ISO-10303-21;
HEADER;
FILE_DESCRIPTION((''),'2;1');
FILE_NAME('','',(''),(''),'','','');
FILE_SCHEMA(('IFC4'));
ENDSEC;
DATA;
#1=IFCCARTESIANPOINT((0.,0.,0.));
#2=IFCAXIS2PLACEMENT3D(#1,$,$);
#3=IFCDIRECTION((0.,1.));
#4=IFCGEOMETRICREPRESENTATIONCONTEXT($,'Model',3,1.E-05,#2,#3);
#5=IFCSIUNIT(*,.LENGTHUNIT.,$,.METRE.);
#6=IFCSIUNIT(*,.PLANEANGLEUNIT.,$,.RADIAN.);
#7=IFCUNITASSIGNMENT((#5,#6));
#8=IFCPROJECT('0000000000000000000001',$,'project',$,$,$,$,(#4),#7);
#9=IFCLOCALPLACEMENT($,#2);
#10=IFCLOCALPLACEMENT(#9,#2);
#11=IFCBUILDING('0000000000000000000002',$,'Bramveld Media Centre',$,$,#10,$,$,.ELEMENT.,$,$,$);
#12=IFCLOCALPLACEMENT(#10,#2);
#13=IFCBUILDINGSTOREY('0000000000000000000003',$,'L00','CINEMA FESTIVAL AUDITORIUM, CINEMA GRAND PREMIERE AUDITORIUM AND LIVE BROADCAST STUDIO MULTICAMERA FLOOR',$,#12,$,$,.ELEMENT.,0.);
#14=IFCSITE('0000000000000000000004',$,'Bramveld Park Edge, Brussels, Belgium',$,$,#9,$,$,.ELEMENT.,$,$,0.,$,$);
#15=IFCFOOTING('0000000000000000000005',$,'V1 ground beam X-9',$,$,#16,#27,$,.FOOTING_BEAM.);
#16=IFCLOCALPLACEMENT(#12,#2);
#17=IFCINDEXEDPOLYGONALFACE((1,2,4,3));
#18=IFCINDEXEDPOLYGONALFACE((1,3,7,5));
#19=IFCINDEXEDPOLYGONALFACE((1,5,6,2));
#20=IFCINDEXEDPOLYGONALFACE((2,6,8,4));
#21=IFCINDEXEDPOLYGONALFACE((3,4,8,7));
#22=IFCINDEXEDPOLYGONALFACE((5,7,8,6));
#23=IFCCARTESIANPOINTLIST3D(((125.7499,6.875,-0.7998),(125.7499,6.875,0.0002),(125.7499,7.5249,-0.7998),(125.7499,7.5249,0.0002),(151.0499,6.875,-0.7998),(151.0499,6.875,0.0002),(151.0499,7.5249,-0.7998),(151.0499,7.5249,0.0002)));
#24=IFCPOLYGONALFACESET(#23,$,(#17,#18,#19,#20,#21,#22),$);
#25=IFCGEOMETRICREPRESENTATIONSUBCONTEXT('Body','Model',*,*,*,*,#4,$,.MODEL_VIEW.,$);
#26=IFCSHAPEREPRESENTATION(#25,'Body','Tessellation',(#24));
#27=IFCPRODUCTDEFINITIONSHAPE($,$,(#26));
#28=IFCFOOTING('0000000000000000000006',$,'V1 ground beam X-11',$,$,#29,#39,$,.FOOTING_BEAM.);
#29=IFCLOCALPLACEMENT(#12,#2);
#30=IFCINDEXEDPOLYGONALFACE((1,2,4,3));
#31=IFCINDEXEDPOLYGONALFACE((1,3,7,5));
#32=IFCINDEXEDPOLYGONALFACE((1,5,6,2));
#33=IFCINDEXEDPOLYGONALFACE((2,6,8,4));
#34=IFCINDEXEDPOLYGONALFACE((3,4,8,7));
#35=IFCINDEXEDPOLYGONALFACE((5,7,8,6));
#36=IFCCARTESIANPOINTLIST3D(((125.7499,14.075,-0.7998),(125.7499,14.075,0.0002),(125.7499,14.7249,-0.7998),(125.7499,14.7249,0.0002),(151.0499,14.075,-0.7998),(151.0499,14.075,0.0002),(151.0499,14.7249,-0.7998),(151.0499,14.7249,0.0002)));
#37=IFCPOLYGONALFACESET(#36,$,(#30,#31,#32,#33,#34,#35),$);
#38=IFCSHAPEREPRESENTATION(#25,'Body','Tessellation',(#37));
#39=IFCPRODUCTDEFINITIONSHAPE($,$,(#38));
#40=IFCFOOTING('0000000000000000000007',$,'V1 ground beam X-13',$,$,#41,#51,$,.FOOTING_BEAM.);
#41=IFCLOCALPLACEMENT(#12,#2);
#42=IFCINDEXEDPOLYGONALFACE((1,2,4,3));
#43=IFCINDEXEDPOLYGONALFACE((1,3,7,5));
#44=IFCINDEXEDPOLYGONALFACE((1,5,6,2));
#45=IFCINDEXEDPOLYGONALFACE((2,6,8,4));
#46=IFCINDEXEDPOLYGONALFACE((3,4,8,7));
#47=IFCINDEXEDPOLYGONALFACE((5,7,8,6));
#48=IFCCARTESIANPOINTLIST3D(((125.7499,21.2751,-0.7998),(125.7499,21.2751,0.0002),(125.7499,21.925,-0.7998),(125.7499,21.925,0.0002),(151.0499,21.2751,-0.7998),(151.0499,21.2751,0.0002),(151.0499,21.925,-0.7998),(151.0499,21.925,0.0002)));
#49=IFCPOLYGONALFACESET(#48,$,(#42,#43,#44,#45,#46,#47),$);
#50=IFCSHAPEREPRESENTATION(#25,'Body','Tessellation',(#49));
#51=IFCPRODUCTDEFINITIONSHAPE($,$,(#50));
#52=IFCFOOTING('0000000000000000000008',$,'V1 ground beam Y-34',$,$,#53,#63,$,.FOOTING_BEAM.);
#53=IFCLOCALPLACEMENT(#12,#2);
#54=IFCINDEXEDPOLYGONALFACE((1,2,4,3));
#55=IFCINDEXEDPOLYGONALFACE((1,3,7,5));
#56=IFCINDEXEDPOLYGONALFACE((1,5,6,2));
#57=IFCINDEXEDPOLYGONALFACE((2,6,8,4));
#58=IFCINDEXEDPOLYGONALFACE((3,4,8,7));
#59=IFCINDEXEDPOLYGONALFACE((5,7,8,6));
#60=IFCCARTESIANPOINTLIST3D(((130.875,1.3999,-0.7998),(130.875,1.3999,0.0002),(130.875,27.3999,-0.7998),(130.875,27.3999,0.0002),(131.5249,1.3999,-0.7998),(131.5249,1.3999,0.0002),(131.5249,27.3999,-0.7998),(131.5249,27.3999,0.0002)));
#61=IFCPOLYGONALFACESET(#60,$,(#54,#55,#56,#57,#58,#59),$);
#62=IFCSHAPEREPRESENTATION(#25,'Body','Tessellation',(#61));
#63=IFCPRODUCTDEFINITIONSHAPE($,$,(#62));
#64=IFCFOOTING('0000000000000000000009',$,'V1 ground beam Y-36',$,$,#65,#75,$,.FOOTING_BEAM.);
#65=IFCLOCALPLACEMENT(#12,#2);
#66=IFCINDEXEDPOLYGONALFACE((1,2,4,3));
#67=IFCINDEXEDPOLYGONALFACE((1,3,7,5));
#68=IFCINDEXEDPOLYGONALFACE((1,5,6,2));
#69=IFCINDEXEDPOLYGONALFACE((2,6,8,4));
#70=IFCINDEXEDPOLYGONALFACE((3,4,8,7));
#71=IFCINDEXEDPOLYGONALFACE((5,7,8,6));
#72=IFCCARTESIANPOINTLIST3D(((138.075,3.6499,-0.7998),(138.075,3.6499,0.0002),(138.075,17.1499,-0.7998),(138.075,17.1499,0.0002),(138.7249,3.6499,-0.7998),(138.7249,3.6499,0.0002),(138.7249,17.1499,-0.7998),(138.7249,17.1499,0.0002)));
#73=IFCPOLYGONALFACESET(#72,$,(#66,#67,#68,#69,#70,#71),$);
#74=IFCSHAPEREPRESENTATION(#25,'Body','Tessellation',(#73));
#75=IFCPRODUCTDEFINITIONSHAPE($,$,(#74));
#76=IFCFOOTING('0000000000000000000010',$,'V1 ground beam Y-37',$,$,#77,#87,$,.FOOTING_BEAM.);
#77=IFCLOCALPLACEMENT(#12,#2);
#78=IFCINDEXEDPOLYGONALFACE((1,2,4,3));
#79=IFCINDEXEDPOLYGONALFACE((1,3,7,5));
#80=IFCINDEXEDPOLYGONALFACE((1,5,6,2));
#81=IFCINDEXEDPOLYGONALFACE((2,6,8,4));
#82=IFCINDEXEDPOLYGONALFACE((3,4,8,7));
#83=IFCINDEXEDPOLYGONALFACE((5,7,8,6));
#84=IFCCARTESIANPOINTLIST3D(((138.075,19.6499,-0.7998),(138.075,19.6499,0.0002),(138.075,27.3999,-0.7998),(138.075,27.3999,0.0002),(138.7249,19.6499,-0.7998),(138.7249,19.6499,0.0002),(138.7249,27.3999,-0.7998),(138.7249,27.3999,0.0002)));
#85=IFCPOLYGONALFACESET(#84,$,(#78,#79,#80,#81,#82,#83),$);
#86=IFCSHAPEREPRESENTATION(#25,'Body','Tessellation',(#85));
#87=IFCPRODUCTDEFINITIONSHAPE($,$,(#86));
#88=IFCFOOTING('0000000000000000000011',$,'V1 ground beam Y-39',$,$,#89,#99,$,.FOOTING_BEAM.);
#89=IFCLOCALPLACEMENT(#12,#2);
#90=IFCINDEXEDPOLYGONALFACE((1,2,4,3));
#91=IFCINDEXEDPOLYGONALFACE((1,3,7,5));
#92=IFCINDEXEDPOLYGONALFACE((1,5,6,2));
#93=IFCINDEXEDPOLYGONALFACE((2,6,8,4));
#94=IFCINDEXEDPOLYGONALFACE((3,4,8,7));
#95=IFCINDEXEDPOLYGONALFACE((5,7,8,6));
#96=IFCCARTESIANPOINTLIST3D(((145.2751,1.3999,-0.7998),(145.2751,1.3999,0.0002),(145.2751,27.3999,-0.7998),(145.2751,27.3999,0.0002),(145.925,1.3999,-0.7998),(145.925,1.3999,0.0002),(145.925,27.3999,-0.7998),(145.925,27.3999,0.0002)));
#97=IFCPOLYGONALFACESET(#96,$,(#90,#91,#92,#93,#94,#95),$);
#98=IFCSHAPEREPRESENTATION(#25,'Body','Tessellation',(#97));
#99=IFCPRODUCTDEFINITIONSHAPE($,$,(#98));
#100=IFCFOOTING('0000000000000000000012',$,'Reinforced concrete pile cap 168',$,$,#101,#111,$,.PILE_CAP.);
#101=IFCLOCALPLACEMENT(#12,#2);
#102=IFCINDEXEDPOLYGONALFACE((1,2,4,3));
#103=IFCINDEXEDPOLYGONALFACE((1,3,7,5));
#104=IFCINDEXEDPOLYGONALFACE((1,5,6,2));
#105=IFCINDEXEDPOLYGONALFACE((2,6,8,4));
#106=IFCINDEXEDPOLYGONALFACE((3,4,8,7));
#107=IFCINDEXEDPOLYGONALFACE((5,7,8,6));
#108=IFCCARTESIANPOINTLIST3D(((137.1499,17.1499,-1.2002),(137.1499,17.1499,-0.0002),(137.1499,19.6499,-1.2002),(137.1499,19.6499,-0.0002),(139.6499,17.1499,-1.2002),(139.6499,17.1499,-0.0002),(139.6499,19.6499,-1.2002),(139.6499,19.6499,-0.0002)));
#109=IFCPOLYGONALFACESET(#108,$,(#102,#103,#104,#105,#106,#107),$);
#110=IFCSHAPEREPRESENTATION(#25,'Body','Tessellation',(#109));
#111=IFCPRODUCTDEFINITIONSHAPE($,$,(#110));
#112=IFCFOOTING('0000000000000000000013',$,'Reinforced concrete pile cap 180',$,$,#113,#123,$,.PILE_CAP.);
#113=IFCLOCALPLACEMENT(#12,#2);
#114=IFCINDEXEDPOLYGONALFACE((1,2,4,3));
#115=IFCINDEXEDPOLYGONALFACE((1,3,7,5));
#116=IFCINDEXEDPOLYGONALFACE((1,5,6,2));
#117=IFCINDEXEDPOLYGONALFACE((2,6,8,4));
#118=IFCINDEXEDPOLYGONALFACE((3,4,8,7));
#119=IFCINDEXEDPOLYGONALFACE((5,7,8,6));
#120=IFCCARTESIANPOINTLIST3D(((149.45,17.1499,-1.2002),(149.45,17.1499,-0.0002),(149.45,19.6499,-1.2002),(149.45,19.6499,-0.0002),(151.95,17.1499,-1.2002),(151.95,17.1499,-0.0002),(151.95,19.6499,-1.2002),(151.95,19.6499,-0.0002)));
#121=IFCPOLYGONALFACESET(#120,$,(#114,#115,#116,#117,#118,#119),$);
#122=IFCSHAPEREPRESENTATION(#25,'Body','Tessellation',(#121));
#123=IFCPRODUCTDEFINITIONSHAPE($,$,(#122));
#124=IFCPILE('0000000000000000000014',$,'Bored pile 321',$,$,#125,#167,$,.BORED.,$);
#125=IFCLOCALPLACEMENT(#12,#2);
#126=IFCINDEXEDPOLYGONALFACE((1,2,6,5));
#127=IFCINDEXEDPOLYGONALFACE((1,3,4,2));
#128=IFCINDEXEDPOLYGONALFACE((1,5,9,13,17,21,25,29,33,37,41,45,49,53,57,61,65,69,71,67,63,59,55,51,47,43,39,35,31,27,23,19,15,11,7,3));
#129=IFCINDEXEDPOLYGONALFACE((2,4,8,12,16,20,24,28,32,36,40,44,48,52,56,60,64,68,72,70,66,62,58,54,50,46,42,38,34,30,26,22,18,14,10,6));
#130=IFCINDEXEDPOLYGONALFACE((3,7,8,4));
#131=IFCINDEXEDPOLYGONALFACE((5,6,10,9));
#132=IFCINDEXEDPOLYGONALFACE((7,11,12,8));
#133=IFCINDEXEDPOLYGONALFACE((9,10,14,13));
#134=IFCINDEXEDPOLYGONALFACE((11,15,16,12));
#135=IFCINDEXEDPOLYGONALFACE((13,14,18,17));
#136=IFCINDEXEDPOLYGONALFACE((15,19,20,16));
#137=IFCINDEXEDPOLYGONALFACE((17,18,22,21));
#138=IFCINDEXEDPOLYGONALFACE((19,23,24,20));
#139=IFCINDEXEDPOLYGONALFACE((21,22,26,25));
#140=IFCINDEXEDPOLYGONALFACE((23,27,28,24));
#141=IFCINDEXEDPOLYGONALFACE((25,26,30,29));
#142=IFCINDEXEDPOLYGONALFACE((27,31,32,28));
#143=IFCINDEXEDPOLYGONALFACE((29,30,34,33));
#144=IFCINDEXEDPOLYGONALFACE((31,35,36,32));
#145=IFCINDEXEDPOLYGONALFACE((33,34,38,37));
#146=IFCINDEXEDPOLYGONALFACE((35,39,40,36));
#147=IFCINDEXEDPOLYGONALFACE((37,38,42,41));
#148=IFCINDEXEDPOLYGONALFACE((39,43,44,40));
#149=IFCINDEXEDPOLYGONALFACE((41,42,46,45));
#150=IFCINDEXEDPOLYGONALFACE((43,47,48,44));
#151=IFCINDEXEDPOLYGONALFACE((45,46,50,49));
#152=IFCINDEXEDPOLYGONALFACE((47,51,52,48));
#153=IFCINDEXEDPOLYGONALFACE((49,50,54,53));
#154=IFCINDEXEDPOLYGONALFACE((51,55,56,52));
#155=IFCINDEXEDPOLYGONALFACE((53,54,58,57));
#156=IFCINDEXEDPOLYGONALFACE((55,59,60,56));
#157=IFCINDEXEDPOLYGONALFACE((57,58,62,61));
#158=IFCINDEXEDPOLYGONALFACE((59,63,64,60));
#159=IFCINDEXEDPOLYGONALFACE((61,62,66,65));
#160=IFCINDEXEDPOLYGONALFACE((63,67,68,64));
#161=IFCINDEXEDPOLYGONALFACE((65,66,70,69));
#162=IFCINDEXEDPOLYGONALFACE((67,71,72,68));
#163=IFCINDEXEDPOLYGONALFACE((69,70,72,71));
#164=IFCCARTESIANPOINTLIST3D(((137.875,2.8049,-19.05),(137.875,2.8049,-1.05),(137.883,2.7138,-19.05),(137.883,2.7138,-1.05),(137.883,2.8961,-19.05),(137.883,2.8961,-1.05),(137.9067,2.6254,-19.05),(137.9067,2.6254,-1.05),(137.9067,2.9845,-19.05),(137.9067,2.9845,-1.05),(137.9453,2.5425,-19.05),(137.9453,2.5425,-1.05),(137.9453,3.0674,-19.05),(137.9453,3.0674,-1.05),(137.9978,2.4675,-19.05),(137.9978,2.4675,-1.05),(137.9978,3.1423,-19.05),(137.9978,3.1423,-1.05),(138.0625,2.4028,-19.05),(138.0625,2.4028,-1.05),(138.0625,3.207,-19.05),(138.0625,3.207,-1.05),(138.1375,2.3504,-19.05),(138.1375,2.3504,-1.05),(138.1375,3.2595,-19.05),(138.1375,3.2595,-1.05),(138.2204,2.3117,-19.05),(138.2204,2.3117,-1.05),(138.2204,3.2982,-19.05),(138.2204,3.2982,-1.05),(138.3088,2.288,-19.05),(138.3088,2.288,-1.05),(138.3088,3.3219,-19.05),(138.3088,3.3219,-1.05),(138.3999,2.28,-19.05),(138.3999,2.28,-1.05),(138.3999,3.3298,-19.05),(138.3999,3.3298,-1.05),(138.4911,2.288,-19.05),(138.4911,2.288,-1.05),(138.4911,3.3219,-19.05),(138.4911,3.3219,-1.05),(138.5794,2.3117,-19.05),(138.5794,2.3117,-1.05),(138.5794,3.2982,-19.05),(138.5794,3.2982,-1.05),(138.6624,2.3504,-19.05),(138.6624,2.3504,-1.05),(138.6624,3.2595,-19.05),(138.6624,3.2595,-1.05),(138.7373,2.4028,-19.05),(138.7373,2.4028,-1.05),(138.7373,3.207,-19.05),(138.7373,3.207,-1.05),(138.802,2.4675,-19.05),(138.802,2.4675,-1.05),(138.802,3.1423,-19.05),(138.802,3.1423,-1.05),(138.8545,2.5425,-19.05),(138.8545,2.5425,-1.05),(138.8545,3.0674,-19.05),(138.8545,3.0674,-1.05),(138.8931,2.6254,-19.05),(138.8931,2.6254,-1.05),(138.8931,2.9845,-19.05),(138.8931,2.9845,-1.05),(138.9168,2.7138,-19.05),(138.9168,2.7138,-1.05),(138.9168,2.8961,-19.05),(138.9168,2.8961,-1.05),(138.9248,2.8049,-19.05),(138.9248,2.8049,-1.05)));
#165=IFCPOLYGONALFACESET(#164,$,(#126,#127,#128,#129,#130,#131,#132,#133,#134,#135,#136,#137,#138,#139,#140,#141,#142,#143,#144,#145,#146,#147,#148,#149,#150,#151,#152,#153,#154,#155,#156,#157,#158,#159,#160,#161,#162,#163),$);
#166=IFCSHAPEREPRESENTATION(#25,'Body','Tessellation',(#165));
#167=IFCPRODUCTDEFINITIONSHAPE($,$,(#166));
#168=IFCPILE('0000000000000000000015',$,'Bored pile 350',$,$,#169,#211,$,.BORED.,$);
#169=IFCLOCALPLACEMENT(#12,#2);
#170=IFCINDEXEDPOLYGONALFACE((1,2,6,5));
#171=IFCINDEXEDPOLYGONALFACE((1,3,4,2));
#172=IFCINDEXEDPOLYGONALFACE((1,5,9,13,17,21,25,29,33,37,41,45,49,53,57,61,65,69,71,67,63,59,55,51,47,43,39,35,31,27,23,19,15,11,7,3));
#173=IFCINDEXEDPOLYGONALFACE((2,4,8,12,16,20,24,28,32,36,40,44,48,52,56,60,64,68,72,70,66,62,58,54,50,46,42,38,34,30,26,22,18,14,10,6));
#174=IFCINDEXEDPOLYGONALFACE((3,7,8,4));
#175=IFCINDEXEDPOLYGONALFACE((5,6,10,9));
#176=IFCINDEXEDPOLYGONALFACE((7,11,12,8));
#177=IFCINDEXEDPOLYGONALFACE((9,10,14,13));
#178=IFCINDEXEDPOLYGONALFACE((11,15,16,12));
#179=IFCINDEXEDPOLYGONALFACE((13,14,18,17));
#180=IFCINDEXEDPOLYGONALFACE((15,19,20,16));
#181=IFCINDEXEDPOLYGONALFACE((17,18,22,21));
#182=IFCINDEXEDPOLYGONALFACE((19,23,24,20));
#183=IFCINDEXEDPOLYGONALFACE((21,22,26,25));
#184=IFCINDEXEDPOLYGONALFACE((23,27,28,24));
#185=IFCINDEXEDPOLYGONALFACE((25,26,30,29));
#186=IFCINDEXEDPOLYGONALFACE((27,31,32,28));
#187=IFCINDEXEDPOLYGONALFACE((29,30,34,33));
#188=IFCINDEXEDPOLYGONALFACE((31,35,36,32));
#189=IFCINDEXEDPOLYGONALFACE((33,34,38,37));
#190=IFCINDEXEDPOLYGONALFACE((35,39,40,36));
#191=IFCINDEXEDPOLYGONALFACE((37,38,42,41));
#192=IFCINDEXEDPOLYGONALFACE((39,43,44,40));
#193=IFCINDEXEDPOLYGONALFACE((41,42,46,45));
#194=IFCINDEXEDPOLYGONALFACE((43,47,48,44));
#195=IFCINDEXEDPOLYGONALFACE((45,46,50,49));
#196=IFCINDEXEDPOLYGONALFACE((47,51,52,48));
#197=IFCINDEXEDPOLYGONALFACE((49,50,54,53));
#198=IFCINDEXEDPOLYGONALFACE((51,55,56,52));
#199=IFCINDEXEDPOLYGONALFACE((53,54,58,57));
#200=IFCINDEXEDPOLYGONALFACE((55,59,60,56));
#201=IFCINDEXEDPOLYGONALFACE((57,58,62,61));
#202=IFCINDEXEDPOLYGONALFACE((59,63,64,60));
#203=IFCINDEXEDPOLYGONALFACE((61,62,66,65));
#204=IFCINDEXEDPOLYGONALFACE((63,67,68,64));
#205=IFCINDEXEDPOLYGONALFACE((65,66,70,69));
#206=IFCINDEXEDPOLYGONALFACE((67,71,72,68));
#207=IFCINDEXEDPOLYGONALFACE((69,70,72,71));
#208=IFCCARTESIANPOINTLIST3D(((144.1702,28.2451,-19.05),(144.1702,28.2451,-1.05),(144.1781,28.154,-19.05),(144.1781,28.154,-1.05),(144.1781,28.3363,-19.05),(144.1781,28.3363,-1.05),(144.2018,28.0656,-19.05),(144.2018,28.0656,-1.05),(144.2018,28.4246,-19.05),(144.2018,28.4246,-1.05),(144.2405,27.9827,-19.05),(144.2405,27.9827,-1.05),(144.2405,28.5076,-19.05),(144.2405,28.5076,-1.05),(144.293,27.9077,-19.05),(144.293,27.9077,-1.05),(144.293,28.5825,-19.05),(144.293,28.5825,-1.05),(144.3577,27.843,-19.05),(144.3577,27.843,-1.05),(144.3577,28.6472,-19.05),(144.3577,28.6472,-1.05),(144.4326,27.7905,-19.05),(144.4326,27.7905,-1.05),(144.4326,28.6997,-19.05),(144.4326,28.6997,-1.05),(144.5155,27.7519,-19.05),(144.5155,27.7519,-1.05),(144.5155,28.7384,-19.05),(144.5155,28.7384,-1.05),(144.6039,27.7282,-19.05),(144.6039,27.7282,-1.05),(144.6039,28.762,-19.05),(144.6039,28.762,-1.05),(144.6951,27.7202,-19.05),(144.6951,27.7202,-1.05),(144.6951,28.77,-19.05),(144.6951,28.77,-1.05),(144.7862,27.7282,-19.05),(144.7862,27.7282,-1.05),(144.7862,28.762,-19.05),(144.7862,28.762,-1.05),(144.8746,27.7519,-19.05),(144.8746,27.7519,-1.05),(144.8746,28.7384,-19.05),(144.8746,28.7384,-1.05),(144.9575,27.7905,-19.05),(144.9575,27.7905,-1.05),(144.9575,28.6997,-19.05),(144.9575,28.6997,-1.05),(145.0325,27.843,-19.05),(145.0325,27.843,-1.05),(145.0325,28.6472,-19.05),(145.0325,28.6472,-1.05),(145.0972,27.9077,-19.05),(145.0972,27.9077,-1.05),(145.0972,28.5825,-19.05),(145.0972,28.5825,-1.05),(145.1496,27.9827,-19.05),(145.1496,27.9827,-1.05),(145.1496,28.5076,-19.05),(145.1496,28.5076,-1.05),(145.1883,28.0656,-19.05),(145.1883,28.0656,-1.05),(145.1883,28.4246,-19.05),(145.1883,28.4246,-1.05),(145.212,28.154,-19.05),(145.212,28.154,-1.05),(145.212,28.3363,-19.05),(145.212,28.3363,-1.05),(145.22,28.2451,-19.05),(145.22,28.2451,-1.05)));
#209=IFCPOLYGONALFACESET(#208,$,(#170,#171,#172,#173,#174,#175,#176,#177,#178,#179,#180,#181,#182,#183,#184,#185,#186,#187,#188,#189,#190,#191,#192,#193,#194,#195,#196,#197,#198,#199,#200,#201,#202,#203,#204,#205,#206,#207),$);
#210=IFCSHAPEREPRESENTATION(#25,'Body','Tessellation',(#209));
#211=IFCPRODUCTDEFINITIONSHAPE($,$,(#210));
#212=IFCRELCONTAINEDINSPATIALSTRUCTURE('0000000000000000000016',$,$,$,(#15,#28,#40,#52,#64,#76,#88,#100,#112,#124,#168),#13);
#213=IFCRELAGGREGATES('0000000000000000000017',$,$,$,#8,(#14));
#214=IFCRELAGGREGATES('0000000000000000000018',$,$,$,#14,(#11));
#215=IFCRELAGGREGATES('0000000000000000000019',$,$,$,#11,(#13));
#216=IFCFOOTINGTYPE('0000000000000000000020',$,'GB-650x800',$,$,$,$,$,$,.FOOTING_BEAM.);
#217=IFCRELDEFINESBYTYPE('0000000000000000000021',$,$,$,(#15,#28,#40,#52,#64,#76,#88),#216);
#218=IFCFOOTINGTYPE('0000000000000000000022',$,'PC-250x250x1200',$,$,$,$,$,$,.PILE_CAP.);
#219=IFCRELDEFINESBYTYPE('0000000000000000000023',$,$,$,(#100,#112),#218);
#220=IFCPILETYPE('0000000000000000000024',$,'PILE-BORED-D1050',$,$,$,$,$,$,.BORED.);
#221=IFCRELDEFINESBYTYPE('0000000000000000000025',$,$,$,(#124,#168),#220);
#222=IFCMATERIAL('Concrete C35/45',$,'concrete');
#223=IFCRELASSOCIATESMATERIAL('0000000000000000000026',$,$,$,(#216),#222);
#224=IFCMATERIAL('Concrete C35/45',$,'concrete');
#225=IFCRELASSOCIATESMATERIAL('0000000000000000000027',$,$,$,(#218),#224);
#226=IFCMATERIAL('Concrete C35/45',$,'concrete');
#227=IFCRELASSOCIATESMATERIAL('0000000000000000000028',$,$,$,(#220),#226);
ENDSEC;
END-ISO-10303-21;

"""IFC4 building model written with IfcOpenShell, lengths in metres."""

from ifc_helpers import new_model, si_unit, direction, frame, origin, origin_2d, place, context, subcontext, project, spatial, rectangle, circle, extrude, material, material_profile, profile_set, type_object, element, save


model = new_model("IFC4")

# Units and contexts
model_context = context("Model", 3, precision=1e-05, world=origin(), true_north=direction((0.0, 1.0)))
body_context = subcontext(model_context, "Body", "Model", "MODEL_VIEW")
ifc_project = project(units=[si_unit("LENGTHUNIT", "METRE"), si_unit("PLANEANGLEUNIT", "RADIAN")], contexts=[model_context])

# Site, building, storey
site_placement = place(None, origin())
site = spatial("IfcSite", under=ifc_project, at=site_placement, Name="Bramveld Park Edge, Brussels, Belgium", CompositionType="ELEMENT", RefElevation=0.0)
building_placement = place(site_placement, origin())
building = spatial("IfcBuilding", under=site, at=building_placement, Name="Bramveld Media Centre", CompositionType="ELEMENT")
storey_placement = place(building_placement, origin())
storey = spatial("IfcBuildingStorey", under=building, at=storey_placement, Name="L00", Description="CINEMA FESTIVAL AUDITORIUM, CINEMA GRAND PREMIERE AUDITORIUM AND LIVE BROADCAST STUDIO MULTICAMERA FLOOR", CompositionType="ELEMENT", Elevation=0.0)

# Footings
ifc_material_1 = material(Name="Concrete C35/45", Category="concrete")
footing_type_1 = type_object("IfcFootingType", Name="GB-650x800", PredefinedType="FOOTING_BEAM", material=ifc_material_1)
for number, where, z_axis, x_axis, name in (
    (1, (138.3999, 7.2, -0.7998), (0.0, 0.0, 1.0), (1.0, 0.0, 0.0), "V1 ground beam X-9"),
    (2, (138.3999, 14.3999, -0.7998), (0.0, 0.0, 1.0), (1.0, 0.0, 0.0), "V1 ground beam X-11"),
    (3, (138.3999, 21.6001, -0.7998), (0.0, 0.0, 1.0), (1.0, 0.0, 0.0), "V1 ground beam X-13"),
):
    element("IfcFooting", number, at=place(storey_placement, frame(where, z_axis=z_axis, x_axis=x_axis)), inside=storey, type_object=footing_type_1, Name=name, PredefinedType="FOOTING_BEAM", context=body_context, shape_type="SweptSolid", body=[
        extrude(rectangle(XDim=25.3, YDim=0.6499, at=origin_2d()), origin(), (0.0, 0.0, 1.0), 0.8),
    ])
footing_1_placement = place(storey_placement, frame((131.2, 14.3999, -0.7998), z_axis=(0.0, 0.0, 1.0), x_axis=(1.0, 0.0, 0.0)))
element("IfcFooting", 4, at=footing_1_placement, inside=storey, type_object=footing_type_1, Name="V1 ground beam Y-34", PredefinedType="FOOTING_BEAM", context=body_context, shape_type="SweptSolid", body=[
    extrude(rectangle(XDim=0.6499, YDim=26.0, at=origin_2d()), origin(), (0.0, 0.0, 1.0), 0.8),
])
footing_2_placement = place(storey_placement, frame((138.3999, 10.3999, -0.7998), z_axis=(0.0, 0.0, 1.0), x_axis=(1.0, 0.0, 0.0)))
element("IfcFooting", 5, at=footing_2_placement, inside=storey, type_object=footing_type_1, Name="V1 ground beam Y-36", PredefinedType="FOOTING_BEAM", context=body_context, shape_type="SweptSolid", body=[
    extrude(rectangle(XDim=0.6499, YDim=13.5, at=origin_2d()), origin(), (0.0, 0.0, 1.0), 0.8),
])
footing_3_placement = place(storey_placement, frame((138.3999, 23.5249, -0.7998), z_axis=(0.0, 0.0, 1.0), x_axis=(1.0, 0.0, 0.0)))
element("IfcFooting", 6, at=footing_3_placement, inside=storey, type_object=footing_type_1, Name="V1 ground beam Y-37", PredefinedType="FOOTING_BEAM", context=body_context, shape_type="SweptSolid", body=[
    extrude(rectangle(XDim=0.6499, YDim=7.75, at=origin_2d()), origin(), (0.0, 0.0, 1.0), 0.8),
])
footing_4_placement = place(storey_placement, frame((145.6001, 14.3999, -0.7998), z_axis=(0.0, 0.0, 1.0), x_axis=(1.0, 0.0, 0.0)))
element("IfcFooting", 7, at=footing_4_placement, inside=storey, type_object=footing_type_1, Name="V1 ground beam Y-39", PredefinedType="FOOTING_BEAM", context=body_context, shape_type="SweptSolid", body=[
    extrude(rectangle(XDim=0.6499, YDim=26.0, at=origin_2d()), origin(), (0.0, 0.0, 1.0), 0.8),
])
ifc_material_2 = material(Name="Concrete C35/45", Category="concrete")
footing_type_2 = type_object("IfcFootingType", Name="PC-250x250x1200", PredefinedType="PILE_CAP", material=ifc_material_2)
for number, where, z_axis, x_axis, name in (
    (8, (138.3999, 18.3999, -1.2002), (0.0, 0.0, 1.0), (1.0, 0.0, 0.0), "Reinforced concrete pile cap 168"),
    (9, (150.7, 18.3999, -1.2002), (0.0, 0.0, 1.0), (1.0, 0.0, 0.0), "Reinforced concrete pile cap 180"),
):
    element("IfcFooting", number, at=place(storey_placement, frame(where, z_axis=z_axis, x_axis=x_axis)), inside=storey, type_object=footing_type_2, Name=name, PredefinedType="PILE_CAP", context=body_context, shape_type="SweptSolid", body=[
        extrude(rectangle(XDim=2.5, YDim=2.5, at=origin_2d()), origin(), (0.0, 0.0, 1.0), 1.2),
    ])

# Piles
ifc_material_3 = material(Name="Concrete C35/45", Category="concrete")
ifc_material_profile_1 = material_profile(ifc_material_3, circle(Radius=0.5249, at=origin_2d()), Name="BORED D1050")
ifc_profile_set_1 = profile_set([ifc_material_profile_1], Name="Concrete C35/45")
pile_type_1 = type_object("IfcPileType", Name="PILE-BORED-D1050", PredefinedType="BORED", material=ifc_profile_set_1)
for number, where, z_axis, x_axis, name in (
    (10, (138.3999, 2.8049, -1.05), (0.0, 0.0, -1.0), (1.0, 0.0, 0.0), "Bored pile 321"),
    (11, (144.6951, 28.2451, -1.05), (0.0, 0.0, -1.0), (1.0, 0.0, 0.0), "Bored pile 350"),
):
    element("IfcPile", number, at=place(storey_placement, frame(where, z_axis=z_axis, x_axis=x_axis)), inside=storey, type_object=pile_type_1, Name=name, PredefinedType="BORED", context=body_context, shape_type="SweptSolid", body=[
        extrude(circle(Radius=0.5249, at=origin_2d()), origin(), (0.0, 0.0, 1.0), 18.0),
    ])

save(model, "model.ifc")
